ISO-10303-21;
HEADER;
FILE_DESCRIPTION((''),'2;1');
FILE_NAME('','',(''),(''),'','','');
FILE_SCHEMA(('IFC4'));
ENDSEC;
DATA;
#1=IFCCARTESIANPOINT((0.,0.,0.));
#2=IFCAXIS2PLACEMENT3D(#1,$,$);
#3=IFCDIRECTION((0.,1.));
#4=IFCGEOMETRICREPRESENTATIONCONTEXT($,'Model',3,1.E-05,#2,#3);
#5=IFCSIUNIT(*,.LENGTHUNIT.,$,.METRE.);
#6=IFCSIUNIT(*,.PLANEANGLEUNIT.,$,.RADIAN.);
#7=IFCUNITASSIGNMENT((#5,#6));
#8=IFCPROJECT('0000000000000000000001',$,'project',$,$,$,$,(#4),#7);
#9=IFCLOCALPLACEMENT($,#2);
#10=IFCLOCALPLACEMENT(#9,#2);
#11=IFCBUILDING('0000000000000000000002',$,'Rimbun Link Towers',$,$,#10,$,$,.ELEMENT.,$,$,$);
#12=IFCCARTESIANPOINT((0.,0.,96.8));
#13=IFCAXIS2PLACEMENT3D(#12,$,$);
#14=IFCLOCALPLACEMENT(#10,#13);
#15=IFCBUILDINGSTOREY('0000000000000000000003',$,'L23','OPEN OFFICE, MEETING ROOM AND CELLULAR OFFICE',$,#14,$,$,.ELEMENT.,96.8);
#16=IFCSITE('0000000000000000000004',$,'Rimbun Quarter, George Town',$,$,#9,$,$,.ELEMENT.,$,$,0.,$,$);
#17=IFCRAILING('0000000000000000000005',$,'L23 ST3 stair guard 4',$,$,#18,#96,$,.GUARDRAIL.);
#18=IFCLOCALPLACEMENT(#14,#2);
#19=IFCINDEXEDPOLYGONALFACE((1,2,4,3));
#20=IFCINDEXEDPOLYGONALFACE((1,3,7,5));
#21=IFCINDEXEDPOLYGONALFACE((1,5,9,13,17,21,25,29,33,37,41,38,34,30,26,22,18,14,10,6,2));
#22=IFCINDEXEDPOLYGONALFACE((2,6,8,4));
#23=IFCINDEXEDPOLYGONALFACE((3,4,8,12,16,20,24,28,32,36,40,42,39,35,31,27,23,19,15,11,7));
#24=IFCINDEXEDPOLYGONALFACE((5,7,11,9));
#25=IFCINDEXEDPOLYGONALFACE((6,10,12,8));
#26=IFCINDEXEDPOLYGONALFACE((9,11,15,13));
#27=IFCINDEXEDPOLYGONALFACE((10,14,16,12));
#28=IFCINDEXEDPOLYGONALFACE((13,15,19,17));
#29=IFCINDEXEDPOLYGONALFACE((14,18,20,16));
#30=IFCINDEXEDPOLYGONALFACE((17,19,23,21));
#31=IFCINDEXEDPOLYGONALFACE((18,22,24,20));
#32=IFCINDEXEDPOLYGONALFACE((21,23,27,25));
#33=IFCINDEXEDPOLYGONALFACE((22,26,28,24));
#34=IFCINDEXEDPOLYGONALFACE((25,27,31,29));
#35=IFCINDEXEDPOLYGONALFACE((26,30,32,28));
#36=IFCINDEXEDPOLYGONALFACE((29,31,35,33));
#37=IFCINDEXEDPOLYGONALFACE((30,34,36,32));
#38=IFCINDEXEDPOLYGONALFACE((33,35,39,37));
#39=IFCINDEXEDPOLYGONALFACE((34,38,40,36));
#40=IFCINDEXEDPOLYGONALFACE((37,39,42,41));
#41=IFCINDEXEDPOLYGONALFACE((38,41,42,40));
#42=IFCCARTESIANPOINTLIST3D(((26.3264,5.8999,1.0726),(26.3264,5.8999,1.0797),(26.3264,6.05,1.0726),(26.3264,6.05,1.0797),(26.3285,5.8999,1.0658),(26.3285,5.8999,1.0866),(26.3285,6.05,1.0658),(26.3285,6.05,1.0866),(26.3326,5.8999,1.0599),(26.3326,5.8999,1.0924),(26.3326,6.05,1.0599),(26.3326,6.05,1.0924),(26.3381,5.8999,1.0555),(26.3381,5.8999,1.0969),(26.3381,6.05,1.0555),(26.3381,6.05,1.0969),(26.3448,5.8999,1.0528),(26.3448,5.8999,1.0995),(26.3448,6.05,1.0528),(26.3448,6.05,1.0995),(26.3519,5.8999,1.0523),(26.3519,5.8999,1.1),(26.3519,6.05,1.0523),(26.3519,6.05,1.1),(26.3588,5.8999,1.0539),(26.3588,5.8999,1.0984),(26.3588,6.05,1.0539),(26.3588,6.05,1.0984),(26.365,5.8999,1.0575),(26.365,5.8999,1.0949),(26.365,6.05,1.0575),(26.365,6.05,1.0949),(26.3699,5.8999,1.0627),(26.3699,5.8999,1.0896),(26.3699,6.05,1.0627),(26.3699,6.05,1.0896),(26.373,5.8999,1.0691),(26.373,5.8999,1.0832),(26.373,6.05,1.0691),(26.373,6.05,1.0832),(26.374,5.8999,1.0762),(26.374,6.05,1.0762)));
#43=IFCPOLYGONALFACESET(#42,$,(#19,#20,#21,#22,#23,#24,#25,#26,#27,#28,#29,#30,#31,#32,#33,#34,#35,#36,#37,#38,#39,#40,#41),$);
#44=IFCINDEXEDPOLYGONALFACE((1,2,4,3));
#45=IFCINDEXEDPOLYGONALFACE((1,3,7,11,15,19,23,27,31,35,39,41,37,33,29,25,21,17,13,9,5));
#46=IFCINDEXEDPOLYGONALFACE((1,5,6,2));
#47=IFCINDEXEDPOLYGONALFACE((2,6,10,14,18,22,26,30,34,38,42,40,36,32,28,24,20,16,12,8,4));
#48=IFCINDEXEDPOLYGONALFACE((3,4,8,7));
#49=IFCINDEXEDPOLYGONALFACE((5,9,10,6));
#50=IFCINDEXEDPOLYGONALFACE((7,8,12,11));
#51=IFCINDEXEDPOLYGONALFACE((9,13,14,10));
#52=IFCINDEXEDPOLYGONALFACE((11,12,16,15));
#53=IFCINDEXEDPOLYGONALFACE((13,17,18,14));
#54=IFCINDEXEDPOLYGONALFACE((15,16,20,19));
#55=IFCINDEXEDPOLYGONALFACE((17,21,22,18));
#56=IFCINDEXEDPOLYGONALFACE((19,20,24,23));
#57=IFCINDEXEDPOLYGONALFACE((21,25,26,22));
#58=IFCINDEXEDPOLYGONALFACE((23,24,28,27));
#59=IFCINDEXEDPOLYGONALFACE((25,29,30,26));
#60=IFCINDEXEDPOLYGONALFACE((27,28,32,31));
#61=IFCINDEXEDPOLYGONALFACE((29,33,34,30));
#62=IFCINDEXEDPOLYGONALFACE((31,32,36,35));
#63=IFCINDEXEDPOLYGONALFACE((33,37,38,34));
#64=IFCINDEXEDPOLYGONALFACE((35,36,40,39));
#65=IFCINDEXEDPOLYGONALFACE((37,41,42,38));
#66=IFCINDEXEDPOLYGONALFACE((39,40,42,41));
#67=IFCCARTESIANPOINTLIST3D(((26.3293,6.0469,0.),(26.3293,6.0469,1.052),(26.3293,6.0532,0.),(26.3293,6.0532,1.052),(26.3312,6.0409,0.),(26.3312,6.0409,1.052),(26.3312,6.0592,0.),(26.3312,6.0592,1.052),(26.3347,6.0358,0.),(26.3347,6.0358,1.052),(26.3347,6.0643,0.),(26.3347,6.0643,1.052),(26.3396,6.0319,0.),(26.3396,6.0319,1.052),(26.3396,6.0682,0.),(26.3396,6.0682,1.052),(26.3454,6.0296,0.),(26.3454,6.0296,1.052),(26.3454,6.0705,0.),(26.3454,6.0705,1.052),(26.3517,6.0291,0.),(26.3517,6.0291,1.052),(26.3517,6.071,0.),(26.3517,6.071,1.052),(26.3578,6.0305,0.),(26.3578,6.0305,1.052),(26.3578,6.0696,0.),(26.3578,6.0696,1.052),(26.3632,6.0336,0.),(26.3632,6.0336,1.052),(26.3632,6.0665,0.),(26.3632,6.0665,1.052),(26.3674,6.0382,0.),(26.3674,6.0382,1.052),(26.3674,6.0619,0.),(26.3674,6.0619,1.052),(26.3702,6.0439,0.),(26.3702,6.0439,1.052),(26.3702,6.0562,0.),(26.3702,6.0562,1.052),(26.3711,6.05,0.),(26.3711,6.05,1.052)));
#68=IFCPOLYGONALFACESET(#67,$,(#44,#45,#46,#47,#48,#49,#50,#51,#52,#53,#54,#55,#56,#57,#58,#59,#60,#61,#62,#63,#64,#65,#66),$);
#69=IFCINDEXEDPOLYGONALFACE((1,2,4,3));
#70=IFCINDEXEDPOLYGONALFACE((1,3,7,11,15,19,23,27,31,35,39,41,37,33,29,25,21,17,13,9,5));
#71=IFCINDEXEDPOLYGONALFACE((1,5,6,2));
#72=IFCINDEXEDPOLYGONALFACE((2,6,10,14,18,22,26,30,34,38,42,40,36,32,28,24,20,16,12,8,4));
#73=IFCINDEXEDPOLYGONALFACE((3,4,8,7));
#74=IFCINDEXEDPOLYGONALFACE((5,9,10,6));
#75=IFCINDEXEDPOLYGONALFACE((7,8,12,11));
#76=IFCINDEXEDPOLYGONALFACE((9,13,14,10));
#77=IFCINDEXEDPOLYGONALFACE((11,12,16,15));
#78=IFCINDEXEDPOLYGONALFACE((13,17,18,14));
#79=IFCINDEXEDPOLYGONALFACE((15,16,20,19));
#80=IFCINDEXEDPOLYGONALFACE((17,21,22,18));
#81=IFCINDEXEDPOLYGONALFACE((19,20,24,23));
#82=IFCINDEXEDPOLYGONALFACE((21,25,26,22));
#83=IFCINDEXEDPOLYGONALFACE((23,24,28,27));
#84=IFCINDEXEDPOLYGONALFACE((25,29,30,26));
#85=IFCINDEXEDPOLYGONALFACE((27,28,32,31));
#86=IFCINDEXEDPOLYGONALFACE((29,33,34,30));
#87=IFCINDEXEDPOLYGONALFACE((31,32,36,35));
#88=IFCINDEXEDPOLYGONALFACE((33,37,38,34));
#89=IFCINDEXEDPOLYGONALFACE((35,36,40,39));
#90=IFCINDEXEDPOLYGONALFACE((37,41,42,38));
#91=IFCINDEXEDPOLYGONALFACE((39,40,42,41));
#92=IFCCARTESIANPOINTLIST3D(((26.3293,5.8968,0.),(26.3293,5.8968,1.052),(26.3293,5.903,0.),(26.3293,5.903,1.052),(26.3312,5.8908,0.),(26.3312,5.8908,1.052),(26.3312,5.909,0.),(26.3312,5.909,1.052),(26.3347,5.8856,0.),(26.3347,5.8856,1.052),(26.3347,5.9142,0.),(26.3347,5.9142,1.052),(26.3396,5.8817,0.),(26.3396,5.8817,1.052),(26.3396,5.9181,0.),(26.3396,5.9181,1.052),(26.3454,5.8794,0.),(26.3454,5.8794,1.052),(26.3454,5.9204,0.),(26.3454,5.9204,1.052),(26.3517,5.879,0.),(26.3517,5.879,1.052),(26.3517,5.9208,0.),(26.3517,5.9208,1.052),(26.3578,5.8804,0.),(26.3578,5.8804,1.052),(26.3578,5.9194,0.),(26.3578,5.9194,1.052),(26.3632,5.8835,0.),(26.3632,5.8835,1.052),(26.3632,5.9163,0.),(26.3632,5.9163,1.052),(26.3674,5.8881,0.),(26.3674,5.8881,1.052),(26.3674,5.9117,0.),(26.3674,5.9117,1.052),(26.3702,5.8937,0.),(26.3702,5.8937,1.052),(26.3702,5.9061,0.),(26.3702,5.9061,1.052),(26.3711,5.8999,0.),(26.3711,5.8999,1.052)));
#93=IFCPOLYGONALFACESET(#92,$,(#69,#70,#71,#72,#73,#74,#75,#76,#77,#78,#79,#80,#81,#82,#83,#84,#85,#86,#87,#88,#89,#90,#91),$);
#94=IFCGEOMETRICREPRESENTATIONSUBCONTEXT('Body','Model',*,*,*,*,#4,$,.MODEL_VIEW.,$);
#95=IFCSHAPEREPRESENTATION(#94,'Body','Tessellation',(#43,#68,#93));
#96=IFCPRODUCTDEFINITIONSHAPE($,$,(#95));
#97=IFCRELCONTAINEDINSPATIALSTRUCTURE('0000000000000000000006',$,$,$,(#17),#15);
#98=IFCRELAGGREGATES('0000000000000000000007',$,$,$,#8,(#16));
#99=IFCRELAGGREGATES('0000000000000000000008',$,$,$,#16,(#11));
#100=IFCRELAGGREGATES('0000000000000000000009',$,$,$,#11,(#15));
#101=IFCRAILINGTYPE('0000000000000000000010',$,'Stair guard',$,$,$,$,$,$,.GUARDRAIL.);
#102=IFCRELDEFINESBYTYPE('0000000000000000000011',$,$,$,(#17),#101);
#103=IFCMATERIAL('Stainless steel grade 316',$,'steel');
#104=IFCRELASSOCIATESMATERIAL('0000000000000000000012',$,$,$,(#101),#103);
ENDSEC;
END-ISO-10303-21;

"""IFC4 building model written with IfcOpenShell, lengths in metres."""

from ifc_helpers import new_model, si_unit, direction, frame, origin, origin_2d, place, context, subcontext, project, spatial, circle, extrude, material, type_object, element, save


model = new_model("IFC4")

# Units and contexts
model_context = context("Model", 3, precision=1e-05, world=origin(), true_north=direction((0.0, 1.0)))
body_context = subcontext(model_context, "Body", "Model", "MODEL_VIEW")
ifc_project = project(units=[si_unit("LENGTHUNIT", "METRE"), si_unit("PLANEANGLEUNIT", "RADIAN")], contexts=[model_context])

# Site, building, storey
site_placement = place(None, origin())
site = spatial("IfcSite", under=ifc_project, at=site_placement, Name="Rimbun Quarter, George Town", CompositionType="ELEMENT", RefElevation=0.0)
building_placement = place(site_placement, origin())
building = spatial("IfcBuilding", under=site, at=building_placement, Name="Rimbun Link Towers", CompositionType="ELEMENT")
storey_placement = place(building_placement, frame((0.0, 0.0, 96.8)))
storey = spatial("IfcBuildingStorey", under=building, at=storey_placement, Name="L23", Description="OPEN OFFICE, MEETING ROOM AND CELLULAR OFFICE", CompositionType="ELEMENT", Elevation=96.8)

# Railing
ifc_material_1 = material(Name="Stainless steel grade 316", Category="steel")
railing_type_1 = type_object("IfcRailingType", Name="Stair guard", PredefinedType="GUARDRAIL", material=ifc_material_1)
railing_1_placement = place(storey_placement, frame((26.3501, 6.05, 0.0)))
element("IfcRailing", 1, at=railing_1_placement, inside=storey, type_object=railing_type_1, Name="L23 ST3 stair guard 4", PredefinedType="GUARDRAIL", context=body_context, shape_type="SweptSolid", body=[
    extrude(circle(Radius=0.0239, at=origin_2d()), frame((0.0, 0.0, 1.0762), z_axis=(0.0, -1.0, 0.0), x_axis=(1.0, 0.0, 0.0)), (0.0, 0.0, 1.0), 0.1501),
    extrude(circle(Radius=0.021, at=origin_2d()), origin(), (0.0, 0.0, 1.0), 1.052),
    extrude(circle(Radius=0.021, at=origin_2d()), frame((0.0, -0.1501, 0.0)), (0.0, 0.0, 1.0), 1.052),
])

save(model, "model.ifc")
